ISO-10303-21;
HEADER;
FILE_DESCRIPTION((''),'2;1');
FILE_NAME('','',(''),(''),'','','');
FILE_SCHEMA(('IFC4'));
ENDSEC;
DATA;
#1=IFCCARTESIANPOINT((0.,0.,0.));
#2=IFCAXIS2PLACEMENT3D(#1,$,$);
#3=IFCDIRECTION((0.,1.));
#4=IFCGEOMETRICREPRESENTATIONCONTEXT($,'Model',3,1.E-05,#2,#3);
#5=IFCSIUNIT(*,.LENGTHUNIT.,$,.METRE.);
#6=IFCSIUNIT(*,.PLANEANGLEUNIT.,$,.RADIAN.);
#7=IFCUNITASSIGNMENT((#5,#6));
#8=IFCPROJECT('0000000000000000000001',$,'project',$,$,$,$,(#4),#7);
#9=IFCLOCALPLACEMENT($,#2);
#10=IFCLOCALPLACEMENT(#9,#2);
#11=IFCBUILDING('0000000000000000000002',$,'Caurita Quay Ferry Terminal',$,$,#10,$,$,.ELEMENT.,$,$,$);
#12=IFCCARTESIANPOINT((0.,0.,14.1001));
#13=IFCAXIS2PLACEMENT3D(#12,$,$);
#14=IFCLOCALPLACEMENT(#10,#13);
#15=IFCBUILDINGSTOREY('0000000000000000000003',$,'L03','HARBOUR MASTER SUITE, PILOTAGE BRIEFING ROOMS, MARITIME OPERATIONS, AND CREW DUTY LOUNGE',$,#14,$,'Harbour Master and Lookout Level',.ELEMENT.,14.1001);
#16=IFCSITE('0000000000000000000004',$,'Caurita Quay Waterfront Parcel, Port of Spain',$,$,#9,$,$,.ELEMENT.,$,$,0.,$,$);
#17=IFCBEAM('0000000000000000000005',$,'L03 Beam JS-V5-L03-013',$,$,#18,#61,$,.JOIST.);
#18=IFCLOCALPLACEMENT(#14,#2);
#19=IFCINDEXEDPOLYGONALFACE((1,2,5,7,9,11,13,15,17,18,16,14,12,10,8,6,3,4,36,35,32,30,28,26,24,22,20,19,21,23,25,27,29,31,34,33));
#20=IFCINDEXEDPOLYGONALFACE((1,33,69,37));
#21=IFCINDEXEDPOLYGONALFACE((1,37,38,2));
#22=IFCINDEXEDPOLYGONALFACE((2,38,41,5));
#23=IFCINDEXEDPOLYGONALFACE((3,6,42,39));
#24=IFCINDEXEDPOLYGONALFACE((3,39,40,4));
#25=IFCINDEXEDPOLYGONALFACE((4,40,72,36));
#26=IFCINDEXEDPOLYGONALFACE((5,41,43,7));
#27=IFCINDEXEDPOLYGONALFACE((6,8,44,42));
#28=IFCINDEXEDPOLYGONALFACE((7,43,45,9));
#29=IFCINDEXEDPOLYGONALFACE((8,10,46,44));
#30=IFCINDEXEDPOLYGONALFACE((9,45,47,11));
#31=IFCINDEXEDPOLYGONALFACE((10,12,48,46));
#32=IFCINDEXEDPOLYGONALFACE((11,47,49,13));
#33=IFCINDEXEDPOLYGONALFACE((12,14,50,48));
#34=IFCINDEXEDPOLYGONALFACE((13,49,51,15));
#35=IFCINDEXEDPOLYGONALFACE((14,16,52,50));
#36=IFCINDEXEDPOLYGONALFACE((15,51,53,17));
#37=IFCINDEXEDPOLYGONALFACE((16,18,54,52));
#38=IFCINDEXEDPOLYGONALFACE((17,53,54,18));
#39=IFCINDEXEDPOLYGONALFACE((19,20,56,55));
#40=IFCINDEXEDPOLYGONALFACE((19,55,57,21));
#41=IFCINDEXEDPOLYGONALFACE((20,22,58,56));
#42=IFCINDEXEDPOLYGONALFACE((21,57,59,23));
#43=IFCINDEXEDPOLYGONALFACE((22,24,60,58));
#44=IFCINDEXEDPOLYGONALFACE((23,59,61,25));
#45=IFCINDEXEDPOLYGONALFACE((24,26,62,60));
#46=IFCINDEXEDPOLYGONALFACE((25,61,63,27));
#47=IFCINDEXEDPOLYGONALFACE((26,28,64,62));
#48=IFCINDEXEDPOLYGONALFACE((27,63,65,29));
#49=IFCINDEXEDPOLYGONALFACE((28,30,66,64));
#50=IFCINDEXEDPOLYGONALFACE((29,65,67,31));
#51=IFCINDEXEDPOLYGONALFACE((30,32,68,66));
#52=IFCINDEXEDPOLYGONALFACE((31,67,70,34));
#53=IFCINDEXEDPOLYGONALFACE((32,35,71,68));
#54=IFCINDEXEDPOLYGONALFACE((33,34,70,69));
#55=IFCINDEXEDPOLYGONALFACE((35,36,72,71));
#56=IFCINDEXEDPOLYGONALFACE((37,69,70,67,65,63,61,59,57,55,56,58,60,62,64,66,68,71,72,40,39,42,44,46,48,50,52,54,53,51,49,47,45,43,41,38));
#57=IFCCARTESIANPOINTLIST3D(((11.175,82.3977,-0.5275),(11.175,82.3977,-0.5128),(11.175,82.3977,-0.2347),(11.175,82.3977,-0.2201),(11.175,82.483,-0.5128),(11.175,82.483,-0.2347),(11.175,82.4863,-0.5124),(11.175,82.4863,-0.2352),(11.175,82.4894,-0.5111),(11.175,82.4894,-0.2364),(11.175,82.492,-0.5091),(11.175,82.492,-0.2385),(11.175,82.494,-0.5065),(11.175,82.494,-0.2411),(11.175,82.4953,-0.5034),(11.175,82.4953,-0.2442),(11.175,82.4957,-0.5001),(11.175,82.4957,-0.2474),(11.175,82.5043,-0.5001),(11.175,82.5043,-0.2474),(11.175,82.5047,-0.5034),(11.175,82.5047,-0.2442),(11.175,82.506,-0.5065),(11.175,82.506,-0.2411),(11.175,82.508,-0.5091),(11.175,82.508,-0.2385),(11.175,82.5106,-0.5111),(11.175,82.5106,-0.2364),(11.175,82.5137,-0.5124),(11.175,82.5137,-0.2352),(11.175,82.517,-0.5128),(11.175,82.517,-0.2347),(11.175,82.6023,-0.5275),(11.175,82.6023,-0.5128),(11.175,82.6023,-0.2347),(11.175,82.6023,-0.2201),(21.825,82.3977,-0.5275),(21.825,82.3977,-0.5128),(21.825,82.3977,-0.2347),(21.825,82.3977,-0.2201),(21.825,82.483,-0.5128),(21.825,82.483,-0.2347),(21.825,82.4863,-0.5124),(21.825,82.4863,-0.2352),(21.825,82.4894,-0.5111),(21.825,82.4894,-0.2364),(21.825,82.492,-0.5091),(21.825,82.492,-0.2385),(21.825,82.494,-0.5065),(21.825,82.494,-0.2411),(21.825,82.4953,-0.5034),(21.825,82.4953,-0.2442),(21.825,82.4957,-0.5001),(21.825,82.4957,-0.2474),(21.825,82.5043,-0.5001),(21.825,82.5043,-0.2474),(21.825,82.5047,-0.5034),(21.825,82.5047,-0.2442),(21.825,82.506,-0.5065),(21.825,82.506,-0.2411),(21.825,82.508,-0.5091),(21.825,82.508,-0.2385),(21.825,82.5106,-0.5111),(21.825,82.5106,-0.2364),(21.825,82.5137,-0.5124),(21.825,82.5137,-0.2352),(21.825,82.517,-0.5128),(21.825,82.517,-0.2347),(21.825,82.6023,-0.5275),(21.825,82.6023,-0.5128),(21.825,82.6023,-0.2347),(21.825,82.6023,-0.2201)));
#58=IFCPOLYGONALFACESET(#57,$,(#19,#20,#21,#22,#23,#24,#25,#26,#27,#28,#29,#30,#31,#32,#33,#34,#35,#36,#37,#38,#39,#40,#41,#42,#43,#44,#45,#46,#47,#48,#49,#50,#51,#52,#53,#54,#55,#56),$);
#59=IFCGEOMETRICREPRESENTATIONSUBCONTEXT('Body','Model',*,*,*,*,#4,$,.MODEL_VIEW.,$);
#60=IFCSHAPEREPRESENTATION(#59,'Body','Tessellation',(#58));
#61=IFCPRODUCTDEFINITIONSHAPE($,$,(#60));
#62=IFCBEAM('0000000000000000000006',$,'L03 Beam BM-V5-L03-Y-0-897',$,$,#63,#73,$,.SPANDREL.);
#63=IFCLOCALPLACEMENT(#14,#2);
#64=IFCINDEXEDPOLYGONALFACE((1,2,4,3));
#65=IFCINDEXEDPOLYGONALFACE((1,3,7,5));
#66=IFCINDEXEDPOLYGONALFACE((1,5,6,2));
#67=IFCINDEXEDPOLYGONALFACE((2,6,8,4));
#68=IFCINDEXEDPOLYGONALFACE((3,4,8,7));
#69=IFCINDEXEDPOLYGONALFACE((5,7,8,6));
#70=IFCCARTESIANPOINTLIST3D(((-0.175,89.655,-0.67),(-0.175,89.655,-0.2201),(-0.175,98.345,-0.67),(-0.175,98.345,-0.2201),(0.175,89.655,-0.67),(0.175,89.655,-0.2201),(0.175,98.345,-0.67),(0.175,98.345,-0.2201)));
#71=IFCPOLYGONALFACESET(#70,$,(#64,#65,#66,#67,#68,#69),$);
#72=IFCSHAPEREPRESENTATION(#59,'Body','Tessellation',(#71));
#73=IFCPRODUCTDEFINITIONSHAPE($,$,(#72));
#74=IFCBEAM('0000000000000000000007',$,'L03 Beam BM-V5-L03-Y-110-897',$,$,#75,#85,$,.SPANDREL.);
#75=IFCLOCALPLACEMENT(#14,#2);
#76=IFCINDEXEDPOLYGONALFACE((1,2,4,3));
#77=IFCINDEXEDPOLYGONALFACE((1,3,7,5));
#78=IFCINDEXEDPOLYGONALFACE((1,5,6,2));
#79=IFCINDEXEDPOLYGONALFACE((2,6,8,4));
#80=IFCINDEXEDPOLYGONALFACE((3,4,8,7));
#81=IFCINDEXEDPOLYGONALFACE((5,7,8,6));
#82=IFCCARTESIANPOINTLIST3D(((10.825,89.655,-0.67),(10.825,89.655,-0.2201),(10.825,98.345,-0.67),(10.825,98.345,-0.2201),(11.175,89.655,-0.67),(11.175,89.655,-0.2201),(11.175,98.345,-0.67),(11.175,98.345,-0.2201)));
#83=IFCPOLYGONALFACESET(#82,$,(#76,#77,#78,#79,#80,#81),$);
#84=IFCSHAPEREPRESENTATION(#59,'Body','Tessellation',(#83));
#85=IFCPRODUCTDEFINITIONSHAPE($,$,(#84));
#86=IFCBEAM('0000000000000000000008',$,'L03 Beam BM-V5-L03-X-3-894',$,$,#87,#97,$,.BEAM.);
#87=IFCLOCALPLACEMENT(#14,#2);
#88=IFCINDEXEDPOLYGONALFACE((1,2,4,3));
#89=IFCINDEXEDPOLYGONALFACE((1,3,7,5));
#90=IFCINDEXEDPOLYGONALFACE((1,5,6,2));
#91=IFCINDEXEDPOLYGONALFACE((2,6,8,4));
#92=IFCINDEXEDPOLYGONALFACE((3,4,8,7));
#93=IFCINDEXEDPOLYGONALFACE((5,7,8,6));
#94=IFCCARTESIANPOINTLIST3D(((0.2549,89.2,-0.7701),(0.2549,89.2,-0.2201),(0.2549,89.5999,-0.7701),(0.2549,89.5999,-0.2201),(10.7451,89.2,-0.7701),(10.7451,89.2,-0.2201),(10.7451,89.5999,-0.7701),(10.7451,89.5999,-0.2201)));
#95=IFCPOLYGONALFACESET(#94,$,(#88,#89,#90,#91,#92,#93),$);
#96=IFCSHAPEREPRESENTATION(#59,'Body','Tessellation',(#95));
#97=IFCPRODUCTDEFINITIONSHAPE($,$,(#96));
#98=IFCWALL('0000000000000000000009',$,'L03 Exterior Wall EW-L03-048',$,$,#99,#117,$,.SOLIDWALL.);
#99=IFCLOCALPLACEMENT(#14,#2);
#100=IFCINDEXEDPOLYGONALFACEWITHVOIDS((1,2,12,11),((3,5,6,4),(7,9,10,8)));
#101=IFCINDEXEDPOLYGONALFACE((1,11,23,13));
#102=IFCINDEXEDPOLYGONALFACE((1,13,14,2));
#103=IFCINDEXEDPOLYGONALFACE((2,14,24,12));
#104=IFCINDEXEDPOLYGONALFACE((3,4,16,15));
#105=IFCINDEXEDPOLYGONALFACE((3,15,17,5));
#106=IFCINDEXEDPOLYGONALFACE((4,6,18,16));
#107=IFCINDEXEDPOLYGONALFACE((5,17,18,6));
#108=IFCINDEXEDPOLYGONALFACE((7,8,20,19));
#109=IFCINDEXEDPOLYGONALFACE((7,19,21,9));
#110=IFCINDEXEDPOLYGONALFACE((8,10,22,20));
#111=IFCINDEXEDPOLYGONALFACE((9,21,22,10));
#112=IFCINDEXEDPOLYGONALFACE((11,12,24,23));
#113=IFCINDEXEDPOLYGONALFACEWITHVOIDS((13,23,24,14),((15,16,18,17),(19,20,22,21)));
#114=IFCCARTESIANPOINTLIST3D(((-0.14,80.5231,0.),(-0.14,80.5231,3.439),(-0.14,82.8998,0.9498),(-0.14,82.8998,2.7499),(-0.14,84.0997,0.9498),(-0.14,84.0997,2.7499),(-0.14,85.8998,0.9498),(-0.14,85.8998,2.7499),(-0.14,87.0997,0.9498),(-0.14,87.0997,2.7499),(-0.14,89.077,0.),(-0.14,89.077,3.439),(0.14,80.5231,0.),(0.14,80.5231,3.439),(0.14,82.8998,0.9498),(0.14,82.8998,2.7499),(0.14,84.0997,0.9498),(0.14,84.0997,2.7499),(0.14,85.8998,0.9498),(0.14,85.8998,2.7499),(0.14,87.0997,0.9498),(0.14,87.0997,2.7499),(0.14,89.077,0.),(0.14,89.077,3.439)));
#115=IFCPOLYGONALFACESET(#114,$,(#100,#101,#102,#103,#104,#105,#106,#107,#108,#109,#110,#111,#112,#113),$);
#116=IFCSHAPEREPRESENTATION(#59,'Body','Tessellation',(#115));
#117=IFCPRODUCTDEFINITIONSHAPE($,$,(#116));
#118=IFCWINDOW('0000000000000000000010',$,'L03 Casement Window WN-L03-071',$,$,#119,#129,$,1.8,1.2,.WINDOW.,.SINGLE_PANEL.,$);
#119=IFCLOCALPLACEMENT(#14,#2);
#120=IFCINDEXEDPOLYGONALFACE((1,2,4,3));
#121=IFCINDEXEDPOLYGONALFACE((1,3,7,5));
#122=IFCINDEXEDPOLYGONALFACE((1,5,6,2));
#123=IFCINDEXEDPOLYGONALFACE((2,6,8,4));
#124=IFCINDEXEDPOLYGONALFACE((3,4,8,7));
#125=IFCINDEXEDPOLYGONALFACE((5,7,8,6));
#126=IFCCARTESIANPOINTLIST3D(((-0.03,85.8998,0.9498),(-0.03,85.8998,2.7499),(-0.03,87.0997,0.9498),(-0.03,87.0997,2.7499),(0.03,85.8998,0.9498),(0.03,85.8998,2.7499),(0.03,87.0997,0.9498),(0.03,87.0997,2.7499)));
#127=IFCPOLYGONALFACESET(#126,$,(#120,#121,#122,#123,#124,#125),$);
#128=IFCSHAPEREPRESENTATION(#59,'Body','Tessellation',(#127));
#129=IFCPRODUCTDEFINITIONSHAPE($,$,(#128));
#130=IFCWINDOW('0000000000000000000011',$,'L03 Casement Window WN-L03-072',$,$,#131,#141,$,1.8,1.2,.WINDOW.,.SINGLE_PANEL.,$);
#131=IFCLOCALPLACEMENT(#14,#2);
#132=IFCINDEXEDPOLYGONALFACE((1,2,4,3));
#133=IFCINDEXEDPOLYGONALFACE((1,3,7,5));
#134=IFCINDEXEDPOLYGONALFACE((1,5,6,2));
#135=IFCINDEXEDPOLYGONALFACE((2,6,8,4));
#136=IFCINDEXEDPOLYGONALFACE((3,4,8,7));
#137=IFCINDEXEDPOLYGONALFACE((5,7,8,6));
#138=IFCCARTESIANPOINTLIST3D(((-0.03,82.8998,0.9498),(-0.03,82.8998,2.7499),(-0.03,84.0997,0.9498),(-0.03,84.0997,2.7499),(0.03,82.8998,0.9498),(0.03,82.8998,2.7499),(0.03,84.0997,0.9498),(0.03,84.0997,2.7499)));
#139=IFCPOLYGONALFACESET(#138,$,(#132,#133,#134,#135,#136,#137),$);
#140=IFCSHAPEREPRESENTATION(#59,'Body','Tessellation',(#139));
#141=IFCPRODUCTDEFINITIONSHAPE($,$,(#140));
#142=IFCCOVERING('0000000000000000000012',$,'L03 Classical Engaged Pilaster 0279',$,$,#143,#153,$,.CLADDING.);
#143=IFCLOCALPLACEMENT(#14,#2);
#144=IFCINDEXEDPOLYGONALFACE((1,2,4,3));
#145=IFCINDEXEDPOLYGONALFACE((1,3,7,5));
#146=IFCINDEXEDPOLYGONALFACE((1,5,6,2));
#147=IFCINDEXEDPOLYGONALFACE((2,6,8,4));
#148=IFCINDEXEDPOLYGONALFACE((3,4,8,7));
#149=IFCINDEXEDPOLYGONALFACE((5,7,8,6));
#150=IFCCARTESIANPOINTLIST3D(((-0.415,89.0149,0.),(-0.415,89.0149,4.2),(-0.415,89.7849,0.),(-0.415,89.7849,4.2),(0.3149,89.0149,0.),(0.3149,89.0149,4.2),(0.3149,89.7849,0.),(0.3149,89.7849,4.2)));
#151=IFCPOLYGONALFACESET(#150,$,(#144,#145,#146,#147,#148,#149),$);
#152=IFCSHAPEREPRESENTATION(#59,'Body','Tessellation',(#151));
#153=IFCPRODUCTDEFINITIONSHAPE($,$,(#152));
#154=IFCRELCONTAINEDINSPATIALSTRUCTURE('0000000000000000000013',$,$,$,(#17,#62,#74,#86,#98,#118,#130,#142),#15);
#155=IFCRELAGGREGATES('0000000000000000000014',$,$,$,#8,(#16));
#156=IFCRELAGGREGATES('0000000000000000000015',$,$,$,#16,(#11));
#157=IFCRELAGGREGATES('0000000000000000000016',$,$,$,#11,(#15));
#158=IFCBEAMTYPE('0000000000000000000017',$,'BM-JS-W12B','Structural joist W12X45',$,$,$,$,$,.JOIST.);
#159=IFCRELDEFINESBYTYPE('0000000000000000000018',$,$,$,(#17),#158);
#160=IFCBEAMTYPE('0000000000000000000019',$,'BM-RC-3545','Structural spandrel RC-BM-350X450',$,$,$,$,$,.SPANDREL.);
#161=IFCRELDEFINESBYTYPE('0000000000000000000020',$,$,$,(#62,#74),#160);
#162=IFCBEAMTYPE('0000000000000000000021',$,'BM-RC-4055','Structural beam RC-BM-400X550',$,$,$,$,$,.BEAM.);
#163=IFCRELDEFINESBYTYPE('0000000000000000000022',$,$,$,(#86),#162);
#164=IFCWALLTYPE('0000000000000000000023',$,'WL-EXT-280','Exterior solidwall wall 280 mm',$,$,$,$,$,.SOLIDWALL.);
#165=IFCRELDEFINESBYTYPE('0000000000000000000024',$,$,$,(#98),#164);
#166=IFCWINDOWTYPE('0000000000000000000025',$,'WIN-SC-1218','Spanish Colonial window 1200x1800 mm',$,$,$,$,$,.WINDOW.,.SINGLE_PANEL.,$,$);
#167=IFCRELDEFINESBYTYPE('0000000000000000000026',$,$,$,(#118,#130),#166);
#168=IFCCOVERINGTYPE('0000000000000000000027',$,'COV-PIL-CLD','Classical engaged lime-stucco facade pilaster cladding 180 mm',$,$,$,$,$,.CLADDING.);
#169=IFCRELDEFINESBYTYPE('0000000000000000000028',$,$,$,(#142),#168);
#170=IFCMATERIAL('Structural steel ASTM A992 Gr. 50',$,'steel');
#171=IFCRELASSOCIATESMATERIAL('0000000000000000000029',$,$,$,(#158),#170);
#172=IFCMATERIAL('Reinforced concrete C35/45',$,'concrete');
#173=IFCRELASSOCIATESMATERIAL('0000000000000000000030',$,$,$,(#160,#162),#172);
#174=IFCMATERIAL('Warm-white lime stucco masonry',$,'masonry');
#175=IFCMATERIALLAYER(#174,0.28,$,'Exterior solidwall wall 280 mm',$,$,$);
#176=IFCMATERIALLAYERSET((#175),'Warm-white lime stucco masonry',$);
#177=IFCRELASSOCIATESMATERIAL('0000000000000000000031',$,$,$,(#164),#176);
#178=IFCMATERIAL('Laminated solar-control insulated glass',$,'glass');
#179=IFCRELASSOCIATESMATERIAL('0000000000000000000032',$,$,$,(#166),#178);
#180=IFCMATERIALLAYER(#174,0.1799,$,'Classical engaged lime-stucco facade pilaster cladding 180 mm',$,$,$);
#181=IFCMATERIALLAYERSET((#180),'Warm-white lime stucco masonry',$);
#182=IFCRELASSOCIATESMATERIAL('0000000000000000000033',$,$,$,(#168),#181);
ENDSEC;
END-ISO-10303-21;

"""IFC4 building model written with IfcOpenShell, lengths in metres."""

from ifc_helpers import new_model, si_unit, direction, frame, frame_2d, origin, origin_2d, place, context, subcontext, project, spatial, rectangle, i_section, extrude, material, layer, layer_set, material_profile, profile_set, type_object, element, fill, save


model = new_model("IFC4")

# Units and contexts
model_context = context("Model", 3, precision=1e-05, world=origin(), true_north=direction((0.0, 1.0)))
body_context = subcontext(model_context, "Body", "Model", "MODEL_VIEW")
ifc_project = project(units=[si_unit("LENGTHUNIT", "METRE"), si_unit("PLANEANGLEUNIT", "RADIAN")], contexts=[model_context])

# Site, building, storey
site_placement = place(None, origin())
site = spatial("IfcSite", under=ifc_project, at=site_placement, Name="Caurita Quay Waterfront Parcel, Port of Spain", CompositionType="ELEMENT", RefElevation=0.0)
building_placement = place(site_placement, origin())
building = spatial("IfcBuilding", under=site, at=building_placement, Name="Caurita Quay Ferry Terminal", CompositionType="ELEMENT")
storey_placement = place(building_placement, frame((0.0, 0.0, 14.1001)))
storey = spatial("IfcBuildingStorey", under=building, at=storey_placement, Name="L03", Description="HARBOUR MASTER SUITE, PILOTAGE BRIEFING ROOMS, MARITIME OPERATIONS, AND CREW DUTY LOUNGE", LongName="Harbour Master and Lookout Level", CompositionType="ELEMENT", Elevation=14.1001)

# Shared definitions
ifc_material_1 = material(Name="Reinforced concrete C35/45", Category="concrete")

# Beams
ifc_material_2 = material(Name="Structural steel ASTM A992 Gr. 50", Category="steel")
ifc_material_profile_1 = material_profile(ifc_material_2, i_section(OverallWidth=0.2046, OverallDepth=0.3074, WebThickness=0.0085, FlangeThickness=0.0146, FilletRadius=0.0127, at=origin_2d()), Name="W12X45")
ifc_profile_set_1 = profile_set([ifc_material_profile_1], Name="Structural steel ASTM A992 Gr. 50")
beam_type_1 = type_object("IfcBeamType", Name="BM-JS-W12B", Description="Structural joist W12X45", PredefinedType="JOIST", material=ifc_profile_set_1)
for number, where, z_axis, x_axis, name in (
    (1, (11.175, 82.5, -0.3738), (1.0, 0.0, 0.0), (0.0, 1.0, 0.0), "L03 Beam JS-V5-L03-013"),
):
    element("IfcBeam", number, at=place(storey_placement, frame(where, z_axis=z_axis, x_axis=x_axis)), inside=storey, type_object=beam_type_1, Name=name, PredefinedType="JOIST", context=body_context, shape_type="SweptSolid", body=[
        extrude(i_section(OverallWidth=0.2046, OverallDepth=0.3074, WebThickness=0.0085, FlangeThickness=0.0146, FilletRadius=0.0127, at=origin_2d()), origin(), (0.0, 0.0, 1.0), 10.6499),
    ])
ifc_material_profile_2 = material_profile(ifc_material_1, rectangle(XDim=0.3501, YDim=0.45, at=origin_2d()), Name="RC-BM-350X450")
ifc_profile_set_2 = profile_set([ifc_material_profile_2], Name="Reinforced concrete C35/45")
beam_type_2 = type_object("IfcBeamType", Name="BM-RC-3545", Description="Structural spandrel RC-BM-350X450", PredefinedType="SPANDREL", material=ifc_profile_set_2)
for number, where, z_axis, x_axis, name in (
    (2, (0.0, 89.655, -0.4451), (0.0, 1.0, 0.0), (-1.0, 0.0, 0.0), "L03 Beam BM-V5-L03-Y-0-897"),
    (3, (11.0, 89.655, -0.4451), (0.0, 1.0, 0.0), (-1.0, 0.0, 0.0), "L03 Beam BM-V5-L03-Y-110-897"),
):
    element("IfcBeam", number, at=place(storey_placement, frame(where, z_axis=z_axis, x_axis=x_axis)), inside=storey, type_object=beam_type_2, Name=name, PredefinedType="SPANDREL", context=body_context, shape_type="SweptSolid", body=[
        extrude(rectangle(XDim=0.3501, YDim=0.45, at=origin_2d()), origin(), (0.0, 0.0, 1.0), 8.6899),
    ])
ifc_material_profile_3 = material_profile(ifc_material_1, rectangle(XDim=0.3999, YDim=0.55, at=origin_2d()), Name="RC-BM-400X550")
ifc_profile_set_3 = profile_set([ifc_material_profile_3], Name="Reinforced concrete C35/45")
beam_type_3 = type_object("IfcBeamType", Name="BM-RC-4055", Description="Structural beam RC-BM-400X550", PredefinedType="BEAM", material=ifc_profile_set_3)
beam_placement = place(storey_placement, frame((0.2549, 89.3999, -0.4951), z_axis=(1.0, 0.0, 0.0), x_axis=(0.0, 1.0, 0.0)))
element("IfcBeam", 4, at=beam_placement, inside=storey, type_object=beam_type_3, Name="L03 Beam BM-V5-L03-X-3-894", PredefinedType="BEAM", context=body_context, shape_type="SweptSolid", body=[
    extrude(rectangle(XDim=0.3999, YDim=0.55, at=origin_2d()), origin(), (0.0, 0.0, 1.0), 10.4902),
])

# Wall, openings, windows
ifc_material_3 = material(Name="Warm-white lime stucco masonry", Category="masonry")
ifc_layer_1 = layer(ifc_material_3, 0.28, Name="Exterior solidwall wall 280 mm")
ifc_layer_set_1 = layer_set([ifc_layer_1], Name="Warm-white lime stucco masonry")
wall_type = type_object("IfcWallType", Name="WL-EXT-280", Description="Exterior solidwall wall 280 mm", PredefinedType="SOLIDWALL", material=ifc_layer_set_1)
wall_placement = place(storey_placement, frame((0.0, 89.0769, 0.0), z_axis=(0.0, 0.0, 1.0), x_axis=(0.0, -1.0, 0.0)))
wall = element("IfcWall", 5, at=wall_placement, inside=storey, type_object=wall_type, Name="L03 Exterior Wall EW-L03-048", PredefinedType="SOLIDWALL", context=body_context, shape_type="SweptSolid", body=[
    extrude(rectangle(XDim=8.554, YDim=0.28, at=frame_2d((4.2769, 0.0))), origin(), (0.0, 0.0, 1.0), 3.439),
])
opening_1_placement = place(wall_placement, frame((1.9771, 0.0, 0.95)))
opening_1 = element("IfcOpeningElement", 6, at=opening_1_placement, cuts=wall, PredefinedType="OPENING", context=body_context, shape_type="SweptSolid", body=[
    extrude(rectangle(XDim=1.2, YDim=1.8, at=frame_2d((0.6001, 0.8999))), frame((0.0, 0.1499, 0.0), z_axis=(0.0, -1.0, 0.0), x_axis=(1.0, 0.0, 0.0)), (0.0, 0.0, 1.0), 0.3),
])
opening_2_placement = place(wall_placement, frame((4.9771, 0.0, 0.95)))
opening_2 = element("IfcOpeningElement", 7, at=opening_2_placement, cuts=wall, PredefinedType="OPENING", context=body_context, shape_type="SweptSolid", body=[
    extrude(rectangle(XDim=1.2, YDim=1.8, at=frame_2d((0.6001, 0.8999))), frame((0.0, 0.1499, 0.0), z_axis=(0.0, -1.0, 0.0), x_axis=(1.0, 0.0, 0.0)), (0.0, 0.0, 1.0), 0.3),
])
ifc_material_4 = material(Name="Laminated solar-control insulated glass", Category="glass")
window_type = type_object("IfcWindowType", Name="WIN-SC-1218", Description="Spanish Colonial window 1200x1800 mm", PartitioningType="SINGLE_PANEL", PredefinedType="WINDOW", material=ifc_material_4)
window_1_placement = place(opening_1_placement, origin())
window_1 = element("IfcWindow", 8, at=window_1_placement, inside=storey, type_object=window_type, Name="L03 Casement Window WN-L03-071", OverallHeight=1.8, OverallWidth=1.2, PartitioningType="SINGLE_PANEL", PredefinedType="WINDOW", context=body_context, shape_type="SweptSolid", body=[
    extrude(rectangle(XDim=1.2, YDim=1.8, at=frame_2d((0.6001, 0.8999))), frame((0.0, 0.03, 0.0), z_axis=(0.0, -1.0, 0.0), x_axis=(1.0, 0.0, 0.0)), (0.0, 0.0, 1.0), 0.0601),
])
fill(opening_1, window_1)
window_2_placement = place(opening_2_placement, origin())
window_2 = element("IfcWindow", 9, at=window_2_placement, inside=storey, type_object=window_type, Name="L03 Casement Window WN-L03-072", OverallHeight=1.8, OverallWidth=1.2, PartitioningType="SINGLE_PANEL", PredefinedType="WINDOW", context=body_context, shape_type="SweptSolid", body=[
    extrude(rectangle(XDim=1.2, YDim=1.8, at=frame_2d((0.6001, 0.8999))), frame((0.0, 0.03, 0.0), z_axis=(0.0, -1.0, 0.0), x_axis=(1.0, 0.0, 0.0)), (0.0, 0.0, 1.0), 0.0601),
])
fill(opening_2, window_2)

# Covering
ifc_layer_2 = layer(ifc_material_3, 0.1799, Name="Classical engaged lime-stucco facade pilaster cladding 180 mm")
ifc_layer_set_2 = layer_set([ifc_layer_2], Name="Warm-white lime stucco masonry")
covering_type_1 = type_object("IfcCoveringType", Name="COV-PIL-CLD", Description="Classical engaged lime-stucco facade pilaster cladding 180 mm", PredefinedType="CLADDING", material=ifc_layer_set_2)
covering_placement = place(storey_placement, frame((-0.05, 89.3999, 0.0), z_axis=(0.0, 0.0, 1.0), x_axis=(1.0, 0.0, 0.0)))
element("IfcCovering", 10, at=covering_placement, inside=storey, type_object=covering_type_1, Name="L03 Classical Engaged Pilaster 0279", PredefinedType="CLADDING", context=body_context, shape_type="SweptSolid", body=[
    extrude(rectangle(XDim=0.73, YDim=0.77, at=origin_2d()), origin(), (0.0, 0.0, 1.0), 4.2),
])

save(model, "model.ifc")
